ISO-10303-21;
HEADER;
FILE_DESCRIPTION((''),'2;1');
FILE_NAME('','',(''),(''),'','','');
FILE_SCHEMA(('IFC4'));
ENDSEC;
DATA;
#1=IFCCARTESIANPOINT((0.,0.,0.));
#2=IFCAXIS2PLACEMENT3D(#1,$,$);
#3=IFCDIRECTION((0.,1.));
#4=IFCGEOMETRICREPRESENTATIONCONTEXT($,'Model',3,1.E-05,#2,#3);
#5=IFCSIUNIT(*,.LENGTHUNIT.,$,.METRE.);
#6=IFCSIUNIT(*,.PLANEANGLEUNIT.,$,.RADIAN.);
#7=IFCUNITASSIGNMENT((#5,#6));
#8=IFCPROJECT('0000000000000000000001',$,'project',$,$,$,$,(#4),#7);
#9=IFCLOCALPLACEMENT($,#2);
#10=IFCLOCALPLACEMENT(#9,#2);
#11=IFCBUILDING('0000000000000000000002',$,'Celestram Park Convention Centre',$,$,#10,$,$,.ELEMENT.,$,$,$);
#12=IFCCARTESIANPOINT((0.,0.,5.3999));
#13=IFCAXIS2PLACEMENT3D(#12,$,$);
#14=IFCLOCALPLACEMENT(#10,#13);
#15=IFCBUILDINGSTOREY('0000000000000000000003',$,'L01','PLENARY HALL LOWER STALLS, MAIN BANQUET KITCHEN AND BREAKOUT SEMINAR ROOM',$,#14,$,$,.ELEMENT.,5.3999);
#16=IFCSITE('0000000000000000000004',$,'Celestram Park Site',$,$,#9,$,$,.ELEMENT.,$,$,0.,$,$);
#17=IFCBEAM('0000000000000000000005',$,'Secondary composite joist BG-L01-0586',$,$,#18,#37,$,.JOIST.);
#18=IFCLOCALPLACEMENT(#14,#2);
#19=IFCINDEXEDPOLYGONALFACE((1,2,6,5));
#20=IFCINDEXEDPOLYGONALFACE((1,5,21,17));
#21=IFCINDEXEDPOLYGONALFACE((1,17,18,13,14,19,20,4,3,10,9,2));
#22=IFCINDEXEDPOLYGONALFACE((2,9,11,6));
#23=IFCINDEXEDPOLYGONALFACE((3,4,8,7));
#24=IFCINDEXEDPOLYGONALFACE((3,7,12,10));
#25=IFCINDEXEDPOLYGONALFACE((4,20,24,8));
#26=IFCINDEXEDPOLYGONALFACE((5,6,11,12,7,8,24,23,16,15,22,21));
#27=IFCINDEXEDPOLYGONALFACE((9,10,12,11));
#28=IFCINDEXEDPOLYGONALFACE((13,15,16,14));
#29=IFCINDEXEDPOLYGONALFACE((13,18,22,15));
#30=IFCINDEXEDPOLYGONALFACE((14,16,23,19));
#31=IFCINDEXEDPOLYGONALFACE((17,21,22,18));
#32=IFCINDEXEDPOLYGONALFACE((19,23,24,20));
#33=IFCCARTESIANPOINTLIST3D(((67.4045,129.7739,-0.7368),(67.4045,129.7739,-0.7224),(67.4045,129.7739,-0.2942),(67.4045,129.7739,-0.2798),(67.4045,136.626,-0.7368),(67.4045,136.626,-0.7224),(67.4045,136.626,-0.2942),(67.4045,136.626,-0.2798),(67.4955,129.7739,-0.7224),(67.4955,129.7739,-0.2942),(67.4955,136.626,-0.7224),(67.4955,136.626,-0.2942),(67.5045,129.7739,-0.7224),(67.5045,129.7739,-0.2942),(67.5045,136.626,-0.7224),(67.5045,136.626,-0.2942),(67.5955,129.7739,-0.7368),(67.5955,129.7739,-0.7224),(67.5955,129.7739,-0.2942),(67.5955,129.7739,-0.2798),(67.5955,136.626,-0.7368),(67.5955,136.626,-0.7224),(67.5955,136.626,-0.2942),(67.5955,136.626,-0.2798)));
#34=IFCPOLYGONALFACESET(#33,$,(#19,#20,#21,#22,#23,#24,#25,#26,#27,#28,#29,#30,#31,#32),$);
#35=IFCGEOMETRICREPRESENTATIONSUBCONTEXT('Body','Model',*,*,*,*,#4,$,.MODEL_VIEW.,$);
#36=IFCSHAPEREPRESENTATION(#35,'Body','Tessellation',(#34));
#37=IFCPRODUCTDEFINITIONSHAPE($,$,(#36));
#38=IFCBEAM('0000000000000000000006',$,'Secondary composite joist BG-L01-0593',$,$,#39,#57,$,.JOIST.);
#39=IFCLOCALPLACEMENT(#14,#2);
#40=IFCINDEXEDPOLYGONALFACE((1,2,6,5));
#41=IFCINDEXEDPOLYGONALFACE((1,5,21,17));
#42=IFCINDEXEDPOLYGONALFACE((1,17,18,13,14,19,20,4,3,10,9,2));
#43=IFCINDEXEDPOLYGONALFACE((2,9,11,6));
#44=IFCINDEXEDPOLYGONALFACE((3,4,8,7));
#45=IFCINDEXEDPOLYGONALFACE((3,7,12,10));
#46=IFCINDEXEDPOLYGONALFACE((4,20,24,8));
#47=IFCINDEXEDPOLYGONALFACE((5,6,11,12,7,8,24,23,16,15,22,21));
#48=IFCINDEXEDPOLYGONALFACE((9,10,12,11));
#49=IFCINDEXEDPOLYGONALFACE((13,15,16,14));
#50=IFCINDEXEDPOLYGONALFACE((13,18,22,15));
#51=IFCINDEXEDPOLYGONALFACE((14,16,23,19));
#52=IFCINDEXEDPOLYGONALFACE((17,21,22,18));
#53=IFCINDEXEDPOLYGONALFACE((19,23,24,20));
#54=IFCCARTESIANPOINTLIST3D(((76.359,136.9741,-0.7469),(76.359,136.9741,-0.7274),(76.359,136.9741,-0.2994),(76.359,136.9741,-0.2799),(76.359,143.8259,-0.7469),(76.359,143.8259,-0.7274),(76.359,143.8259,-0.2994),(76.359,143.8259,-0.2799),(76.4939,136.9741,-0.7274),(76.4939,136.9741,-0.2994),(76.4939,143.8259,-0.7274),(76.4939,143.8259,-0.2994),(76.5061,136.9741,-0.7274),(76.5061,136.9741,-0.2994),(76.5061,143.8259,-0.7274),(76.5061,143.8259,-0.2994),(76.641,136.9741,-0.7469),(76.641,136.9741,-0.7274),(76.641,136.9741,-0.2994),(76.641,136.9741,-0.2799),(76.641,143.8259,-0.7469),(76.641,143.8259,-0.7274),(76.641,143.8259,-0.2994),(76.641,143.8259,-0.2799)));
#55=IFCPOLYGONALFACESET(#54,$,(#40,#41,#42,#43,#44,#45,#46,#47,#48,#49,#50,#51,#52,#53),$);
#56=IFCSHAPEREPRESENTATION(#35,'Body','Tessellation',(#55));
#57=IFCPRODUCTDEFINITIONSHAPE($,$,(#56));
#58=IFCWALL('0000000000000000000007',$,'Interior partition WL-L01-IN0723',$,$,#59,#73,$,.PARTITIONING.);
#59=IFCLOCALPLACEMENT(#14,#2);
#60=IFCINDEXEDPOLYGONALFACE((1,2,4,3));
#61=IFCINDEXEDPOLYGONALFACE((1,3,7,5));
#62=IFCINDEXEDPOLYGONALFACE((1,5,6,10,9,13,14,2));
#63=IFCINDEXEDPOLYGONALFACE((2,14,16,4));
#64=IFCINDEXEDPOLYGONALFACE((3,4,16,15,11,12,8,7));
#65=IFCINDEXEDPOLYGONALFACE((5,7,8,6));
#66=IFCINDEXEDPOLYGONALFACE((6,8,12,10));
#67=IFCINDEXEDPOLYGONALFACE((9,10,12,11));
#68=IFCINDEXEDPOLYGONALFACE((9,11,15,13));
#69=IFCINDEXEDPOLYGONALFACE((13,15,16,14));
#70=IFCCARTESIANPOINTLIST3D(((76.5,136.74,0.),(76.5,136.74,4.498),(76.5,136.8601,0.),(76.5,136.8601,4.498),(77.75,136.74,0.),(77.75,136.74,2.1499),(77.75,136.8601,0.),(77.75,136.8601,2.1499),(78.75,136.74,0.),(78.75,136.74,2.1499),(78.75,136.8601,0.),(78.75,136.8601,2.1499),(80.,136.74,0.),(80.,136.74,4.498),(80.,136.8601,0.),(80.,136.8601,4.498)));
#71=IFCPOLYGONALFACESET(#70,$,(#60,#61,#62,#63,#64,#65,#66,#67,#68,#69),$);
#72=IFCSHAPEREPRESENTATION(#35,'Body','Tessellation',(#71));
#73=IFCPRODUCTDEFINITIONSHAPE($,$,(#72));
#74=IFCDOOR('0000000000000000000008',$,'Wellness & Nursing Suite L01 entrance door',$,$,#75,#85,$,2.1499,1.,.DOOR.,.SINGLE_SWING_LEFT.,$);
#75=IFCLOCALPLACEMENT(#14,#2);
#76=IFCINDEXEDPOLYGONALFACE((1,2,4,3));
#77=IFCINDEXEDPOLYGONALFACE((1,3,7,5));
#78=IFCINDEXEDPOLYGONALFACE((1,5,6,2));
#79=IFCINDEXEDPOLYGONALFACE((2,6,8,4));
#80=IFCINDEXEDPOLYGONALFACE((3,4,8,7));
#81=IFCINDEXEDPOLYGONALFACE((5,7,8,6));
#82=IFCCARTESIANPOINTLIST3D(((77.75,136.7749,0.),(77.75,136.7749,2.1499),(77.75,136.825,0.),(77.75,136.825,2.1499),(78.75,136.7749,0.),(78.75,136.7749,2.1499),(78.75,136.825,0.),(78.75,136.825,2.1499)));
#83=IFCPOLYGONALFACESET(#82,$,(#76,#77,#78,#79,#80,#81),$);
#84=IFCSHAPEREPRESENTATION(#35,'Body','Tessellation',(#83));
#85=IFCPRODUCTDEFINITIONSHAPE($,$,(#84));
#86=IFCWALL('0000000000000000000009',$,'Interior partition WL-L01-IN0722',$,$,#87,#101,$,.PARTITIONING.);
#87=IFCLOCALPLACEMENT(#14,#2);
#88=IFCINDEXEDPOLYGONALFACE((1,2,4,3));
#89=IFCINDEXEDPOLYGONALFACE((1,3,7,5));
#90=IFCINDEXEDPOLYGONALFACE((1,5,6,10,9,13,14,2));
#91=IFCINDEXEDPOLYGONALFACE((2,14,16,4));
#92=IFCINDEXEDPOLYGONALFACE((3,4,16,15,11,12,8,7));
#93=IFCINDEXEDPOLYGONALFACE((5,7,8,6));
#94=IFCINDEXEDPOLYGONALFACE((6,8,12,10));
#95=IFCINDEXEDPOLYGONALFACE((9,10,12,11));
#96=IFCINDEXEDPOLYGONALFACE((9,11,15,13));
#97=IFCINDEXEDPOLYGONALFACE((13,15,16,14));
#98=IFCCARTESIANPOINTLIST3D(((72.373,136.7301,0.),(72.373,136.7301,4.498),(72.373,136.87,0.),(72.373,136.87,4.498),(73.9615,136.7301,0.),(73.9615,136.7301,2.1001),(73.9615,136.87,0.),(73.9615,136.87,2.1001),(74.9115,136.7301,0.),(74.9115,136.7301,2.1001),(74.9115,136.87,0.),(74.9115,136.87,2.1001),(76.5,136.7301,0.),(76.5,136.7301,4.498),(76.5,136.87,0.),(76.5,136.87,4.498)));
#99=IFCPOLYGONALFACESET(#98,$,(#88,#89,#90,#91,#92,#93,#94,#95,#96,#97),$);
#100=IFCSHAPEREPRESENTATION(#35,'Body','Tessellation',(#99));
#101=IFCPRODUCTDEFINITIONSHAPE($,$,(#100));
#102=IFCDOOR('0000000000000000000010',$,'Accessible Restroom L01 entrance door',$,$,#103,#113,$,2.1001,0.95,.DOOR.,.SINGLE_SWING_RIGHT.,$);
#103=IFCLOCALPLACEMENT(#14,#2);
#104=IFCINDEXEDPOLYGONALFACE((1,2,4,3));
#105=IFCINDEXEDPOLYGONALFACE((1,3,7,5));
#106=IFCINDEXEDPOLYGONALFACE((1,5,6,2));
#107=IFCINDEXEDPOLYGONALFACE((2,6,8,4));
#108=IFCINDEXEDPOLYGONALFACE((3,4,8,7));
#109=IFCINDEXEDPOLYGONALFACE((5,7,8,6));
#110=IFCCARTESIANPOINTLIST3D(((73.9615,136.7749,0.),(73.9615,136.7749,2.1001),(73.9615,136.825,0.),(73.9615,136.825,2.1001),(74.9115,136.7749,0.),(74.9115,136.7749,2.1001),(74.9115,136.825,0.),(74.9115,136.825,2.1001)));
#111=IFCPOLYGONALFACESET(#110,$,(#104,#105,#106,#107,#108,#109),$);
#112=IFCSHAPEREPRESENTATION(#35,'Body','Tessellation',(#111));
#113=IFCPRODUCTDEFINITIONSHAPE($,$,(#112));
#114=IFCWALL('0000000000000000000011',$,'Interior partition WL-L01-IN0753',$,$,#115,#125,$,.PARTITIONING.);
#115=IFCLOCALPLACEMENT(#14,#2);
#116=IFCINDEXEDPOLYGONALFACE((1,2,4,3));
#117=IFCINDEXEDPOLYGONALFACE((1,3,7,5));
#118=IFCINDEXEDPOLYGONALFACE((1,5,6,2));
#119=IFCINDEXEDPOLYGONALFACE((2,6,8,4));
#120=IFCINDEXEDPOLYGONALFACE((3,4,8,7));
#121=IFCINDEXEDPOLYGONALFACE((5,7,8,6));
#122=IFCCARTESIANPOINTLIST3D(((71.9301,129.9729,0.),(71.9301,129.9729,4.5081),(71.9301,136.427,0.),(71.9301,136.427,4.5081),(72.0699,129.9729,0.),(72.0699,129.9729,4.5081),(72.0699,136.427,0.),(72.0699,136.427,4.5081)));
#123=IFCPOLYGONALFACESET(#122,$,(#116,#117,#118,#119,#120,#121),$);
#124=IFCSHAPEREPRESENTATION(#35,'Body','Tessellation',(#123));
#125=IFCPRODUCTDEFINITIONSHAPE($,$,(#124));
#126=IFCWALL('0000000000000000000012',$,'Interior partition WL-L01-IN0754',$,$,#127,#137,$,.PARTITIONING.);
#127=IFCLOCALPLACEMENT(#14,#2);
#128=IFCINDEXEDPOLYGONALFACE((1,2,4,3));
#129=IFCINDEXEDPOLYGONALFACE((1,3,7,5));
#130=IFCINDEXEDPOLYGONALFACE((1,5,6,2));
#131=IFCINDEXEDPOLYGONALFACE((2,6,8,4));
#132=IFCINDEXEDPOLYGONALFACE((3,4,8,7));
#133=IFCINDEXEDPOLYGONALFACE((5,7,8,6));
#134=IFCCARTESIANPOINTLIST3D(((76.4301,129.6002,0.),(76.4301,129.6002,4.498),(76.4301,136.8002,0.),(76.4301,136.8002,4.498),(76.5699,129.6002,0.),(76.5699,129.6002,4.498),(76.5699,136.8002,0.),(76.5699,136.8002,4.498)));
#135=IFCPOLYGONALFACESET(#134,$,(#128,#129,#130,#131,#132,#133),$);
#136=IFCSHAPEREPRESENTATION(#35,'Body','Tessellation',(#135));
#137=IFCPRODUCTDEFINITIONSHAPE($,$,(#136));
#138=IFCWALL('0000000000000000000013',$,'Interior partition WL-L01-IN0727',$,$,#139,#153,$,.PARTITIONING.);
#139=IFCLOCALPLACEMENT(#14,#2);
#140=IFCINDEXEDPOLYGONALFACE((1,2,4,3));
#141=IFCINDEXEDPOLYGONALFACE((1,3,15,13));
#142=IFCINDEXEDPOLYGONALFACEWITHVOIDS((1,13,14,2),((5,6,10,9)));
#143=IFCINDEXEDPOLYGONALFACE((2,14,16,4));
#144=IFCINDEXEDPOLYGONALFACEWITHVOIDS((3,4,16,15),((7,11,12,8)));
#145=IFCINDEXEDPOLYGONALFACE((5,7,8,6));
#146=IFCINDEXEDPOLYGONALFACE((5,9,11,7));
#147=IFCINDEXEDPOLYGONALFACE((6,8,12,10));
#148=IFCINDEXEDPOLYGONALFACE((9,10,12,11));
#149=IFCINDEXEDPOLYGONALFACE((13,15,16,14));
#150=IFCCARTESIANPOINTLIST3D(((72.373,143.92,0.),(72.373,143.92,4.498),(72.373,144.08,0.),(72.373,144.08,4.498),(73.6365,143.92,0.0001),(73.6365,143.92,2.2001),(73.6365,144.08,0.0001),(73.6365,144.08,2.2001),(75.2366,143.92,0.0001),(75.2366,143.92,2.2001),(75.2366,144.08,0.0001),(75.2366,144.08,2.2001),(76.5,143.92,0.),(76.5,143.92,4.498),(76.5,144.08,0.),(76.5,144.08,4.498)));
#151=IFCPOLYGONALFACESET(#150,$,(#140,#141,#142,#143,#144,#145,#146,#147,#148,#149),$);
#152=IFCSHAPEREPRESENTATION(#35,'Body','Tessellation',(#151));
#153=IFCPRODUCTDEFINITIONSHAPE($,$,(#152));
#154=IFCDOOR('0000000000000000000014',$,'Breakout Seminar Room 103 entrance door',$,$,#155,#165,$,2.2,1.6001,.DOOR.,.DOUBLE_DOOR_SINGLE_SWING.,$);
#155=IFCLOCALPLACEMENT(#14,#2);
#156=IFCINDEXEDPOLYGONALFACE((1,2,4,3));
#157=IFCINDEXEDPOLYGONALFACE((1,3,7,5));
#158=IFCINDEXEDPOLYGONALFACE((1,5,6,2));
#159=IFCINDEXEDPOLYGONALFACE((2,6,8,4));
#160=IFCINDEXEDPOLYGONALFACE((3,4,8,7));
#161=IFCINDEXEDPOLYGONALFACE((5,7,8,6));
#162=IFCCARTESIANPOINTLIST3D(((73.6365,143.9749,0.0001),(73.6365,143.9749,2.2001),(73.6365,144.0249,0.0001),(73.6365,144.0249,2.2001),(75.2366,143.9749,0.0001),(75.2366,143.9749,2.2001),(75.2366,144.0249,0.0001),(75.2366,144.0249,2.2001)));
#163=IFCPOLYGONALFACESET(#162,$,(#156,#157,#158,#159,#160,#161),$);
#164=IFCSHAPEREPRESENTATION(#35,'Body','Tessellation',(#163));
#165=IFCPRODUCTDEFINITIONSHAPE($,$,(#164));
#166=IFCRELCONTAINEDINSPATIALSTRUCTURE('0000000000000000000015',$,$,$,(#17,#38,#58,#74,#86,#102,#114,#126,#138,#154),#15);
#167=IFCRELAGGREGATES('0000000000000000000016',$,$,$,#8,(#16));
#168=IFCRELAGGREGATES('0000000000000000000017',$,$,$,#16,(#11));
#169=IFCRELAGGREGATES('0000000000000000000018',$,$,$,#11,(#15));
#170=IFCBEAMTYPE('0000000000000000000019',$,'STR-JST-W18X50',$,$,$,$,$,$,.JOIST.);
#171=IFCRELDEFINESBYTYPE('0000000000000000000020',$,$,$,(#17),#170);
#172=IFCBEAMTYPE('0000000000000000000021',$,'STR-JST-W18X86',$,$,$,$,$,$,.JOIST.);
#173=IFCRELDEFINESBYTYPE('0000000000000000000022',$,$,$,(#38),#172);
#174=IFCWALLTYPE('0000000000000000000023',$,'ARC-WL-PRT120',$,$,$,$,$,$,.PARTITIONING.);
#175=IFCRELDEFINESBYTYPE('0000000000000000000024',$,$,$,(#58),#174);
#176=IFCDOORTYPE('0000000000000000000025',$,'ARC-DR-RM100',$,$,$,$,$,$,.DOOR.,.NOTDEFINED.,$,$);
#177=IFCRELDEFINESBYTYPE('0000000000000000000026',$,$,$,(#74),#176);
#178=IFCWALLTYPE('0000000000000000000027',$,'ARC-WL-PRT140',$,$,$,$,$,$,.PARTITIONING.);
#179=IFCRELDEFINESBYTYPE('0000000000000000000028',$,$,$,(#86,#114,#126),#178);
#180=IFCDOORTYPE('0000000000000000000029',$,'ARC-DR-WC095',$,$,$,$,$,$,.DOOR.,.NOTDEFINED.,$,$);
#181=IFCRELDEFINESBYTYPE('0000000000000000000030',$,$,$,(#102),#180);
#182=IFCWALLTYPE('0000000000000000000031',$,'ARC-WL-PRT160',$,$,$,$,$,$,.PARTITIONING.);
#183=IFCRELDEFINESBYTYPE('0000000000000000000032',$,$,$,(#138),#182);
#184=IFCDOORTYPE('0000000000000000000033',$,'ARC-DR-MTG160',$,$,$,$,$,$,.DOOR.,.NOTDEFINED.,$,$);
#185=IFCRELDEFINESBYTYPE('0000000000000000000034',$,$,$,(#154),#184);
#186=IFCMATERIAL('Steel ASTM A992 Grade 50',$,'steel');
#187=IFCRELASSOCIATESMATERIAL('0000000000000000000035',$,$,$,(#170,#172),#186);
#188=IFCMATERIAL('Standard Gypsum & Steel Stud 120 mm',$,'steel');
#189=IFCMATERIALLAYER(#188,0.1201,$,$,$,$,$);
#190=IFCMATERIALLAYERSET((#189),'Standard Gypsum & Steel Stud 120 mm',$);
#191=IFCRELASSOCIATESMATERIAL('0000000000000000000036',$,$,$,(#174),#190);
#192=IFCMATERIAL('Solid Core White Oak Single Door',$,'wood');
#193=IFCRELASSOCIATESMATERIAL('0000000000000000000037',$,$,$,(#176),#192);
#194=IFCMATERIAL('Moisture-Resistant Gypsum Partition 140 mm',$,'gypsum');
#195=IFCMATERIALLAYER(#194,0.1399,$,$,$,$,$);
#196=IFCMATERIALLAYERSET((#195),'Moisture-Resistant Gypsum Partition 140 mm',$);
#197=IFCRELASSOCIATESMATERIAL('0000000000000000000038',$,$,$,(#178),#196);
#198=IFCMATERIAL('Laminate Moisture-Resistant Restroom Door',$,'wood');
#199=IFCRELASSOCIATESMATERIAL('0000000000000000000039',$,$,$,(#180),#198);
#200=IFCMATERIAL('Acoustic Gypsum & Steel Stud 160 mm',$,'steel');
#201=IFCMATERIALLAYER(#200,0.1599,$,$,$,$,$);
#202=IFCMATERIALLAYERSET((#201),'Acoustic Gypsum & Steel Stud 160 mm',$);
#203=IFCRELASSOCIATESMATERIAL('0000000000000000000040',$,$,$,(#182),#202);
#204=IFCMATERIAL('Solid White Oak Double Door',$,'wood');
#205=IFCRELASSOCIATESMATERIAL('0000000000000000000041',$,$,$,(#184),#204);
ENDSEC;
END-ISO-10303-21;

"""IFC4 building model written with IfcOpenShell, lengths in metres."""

from ifc_helpers import new_model, si_unit, direction, frame, frame_2d, origin, origin_2d, place, context, subcontext, project, spatial, rectangle, i_section, extrude, material, layer, layer_set, material_profile, profile_set, type_object, element, fill, save


model = new_model("IFC4")

# Units and contexts
model_context = context("Model", 3, precision=1e-05, world=origin(), true_north=direction((0.0, 1.0)))
body_context = subcontext(model_context, "Body", "Model", "MODEL_VIEW")
ifc_project = project(units=[si_unit("LENGTHUNIT", "METRE"), si_unit("PLANEANGLEUNIT", "RADIAN")], contexts=[model_context])

# Site, building, storey
site_placement = place(None, origin())
site = spatial("IfcSite", under=ifc_project, at=site_placement, Name="Celestram Park Site", CompositionType="ELEMENT", RefElevation=0.0)
building_placement = place(site_placement, origin())
building = spatial("IfcBuilding", under=site, at=building_placement, Name="Celestram Park Convention Centre", CompositionType="ELEMENT")
storey_placement = place(building_placement, frame((0.0, 0.0, 5.3999)))
storey = spatial("IfcBuildingStorey", under=building, at=storey_placement, Name="L01", Description="PLENARY HALL LOWER STALLS, MAIN BANQUET KITCHEN AND BREAKOUT SEMINAR ROOM", CompositionType="ELEMENT", Elevation=5.3999)

# Beams
ifc_material_1 = material(Name="Steel ASTM A992 Grade 50", Category="steel")
ifc_material_profile_1 = material_profile(ifc_material_1, i_section(OverallWidth=0.1909, OverallDepth=0.457, WebThickness=0.009, FlangeThickness=0.0144, at=origin_2d()), Name="W18X50")
ifc_profile_set_1 = profile_set([ifc_material_profile_1], Name="Steel ASTM A992 Grade 50")
beam_type_1 = type_object("IfcBeamType", Name="STR-JST-W18X50", PredefinedType="JOIST", material=ifc_profile_set_1)
beam_1_placement = place(storey_placement, frame((67.5, 129.7739, -0.5083), z_axis=(0.0, 1.0, 0.0), x_axis=(-1.0, 0.0, 0.0)))
element("IfcBeam", 1, at=beam_1_placement, inside=storey, type_object=beam_type_1, Name="Secondary composite joist BG-L01-0586", PredefinedType="JOIST", context=body_context, shape_type="SweptSolid", body=[
    extrude(i_section(OverallWidth=0.1909, OverallDepth=0.457, WebThickness=0.009, FlangeThickness=0.0144, at=origin_2d()), origin(), (0.0, 0.0, 1.0), 6.8521),
])
ifc_material_profile_2 = material_profile(ifc_material_1, i_section(OverallWidth=0.282, OverallDepth=0.467, WebThickness=0.0122, FlangeThickness=0.0195, at=origin_2d()), Name="W18X86")
ifc_profile_set_2 = profile_set([ifc_material_profile_2], Name="Steel ASTM A992 Grade 50")
beam_type_2 = type_object("IfcBeamType", Name="STR-JST-W18X86", PredefinedType="JOIST", material=ifc_profile_set_2)
beam_2_placement = place(storey_placement, frame((76.5, 136.9741, -0.5134), z_axis=(0.0, 1.0, 0.0), x_axis=(-1.0, 0.0, 0.0)))
element("IfcBeam", 2, at=beam_2_placement, inside=storey, type_object=beam_type_2, Name="Secondary composite joist BG-L01-0593", PredefinedType="JOIST", context=body_context, shape_type="SweptSolid", body=[
    extrude(i_section(OverallWidth=0.282, OverallDepth=0.467, WebThickness=0.0122, FlangeThickness=0.0195, at=origin_2d()), origin(), (0.0, 0.0, 1.0), 6.8518),
])

# Walls, openings, doors
ifc_material_2 = material(Name="Standard Gypsum & Steel Stud 120 mm", Category="steel")
ifc_layer_1 = layer(ifc_material_2, 0.1201)
ifc_layer_set_1 = layer_set([ifc_layer_1], Name="Standard Gypsum & Steel Stud 120 mm")
wall_type_1 = type_object("IfcWallType", Name="ARC-WL-PRT120", PredefinedType="PARTITIONING", material=ifc_layer_set_1)
wall_1_placement = place(storey_placement, frame((76.5, 136.8, 0.0), z_axis=(0.0, 0.0, 1.0), x_axis=(1.0, 0.0, 0.0)))
wall_1 = element("IfcWall", 3, at=wall_1_placement, inside=storey, type_object=wall_type_1, Name="Interior partition WL-L01-IN0723", PredefinedType="PARTITIONING", context=body_context, shape_type="SweptSolid", body=[
    extrude(rectangle(XDim=3.5, YDim=0.1201, at=frame_2d((1.75, 0.0))), origin(), (0.0, 0.0, 1.0), 4.498),
])
opening_1_placement = place(wall_1_placement, frame((1.25, 0.0, 0.0)))
opening_1 = element("IfcOpeningElement", 4, at=opening_1_placement, cuts=wall_1, PredefinedType="OPENING", context=body_context, shape_type="SweptSolid", body=[
    extrude(rectangle(XDim=1.0, YDim=2.1499, at=frame_2d((0.5, 1.075))), frame((0.0, 0.0701, 0.0), z_axis=(0.0, -1.0, 0.0), x_axis=(1.0, 0.0, 0.0)), (0.0, 0.0, 1.0), 0.1401),
])
ifc_material_3 = material(Name="Solid Core White Oak Single Door", Category="wood")
door_type_1 = type_object("IfcDoorType", Name="ARC-DR-RM100", OperationType="NOTDEFINED", PredefinedType="DOOR", material=ifc_material_3)
door_1_placement = place(opening_1_placement, origin())
door_1 = element("IfcDoor", 5, at=door_1_placement, inside=storey, type_object=door_type_1, Name="Wellness & Nursing Suite L01 entrance door", OperationType="SINGLE_SWING_LEFT", OverallHeight=2.1499, OverallWidth=1.0, PredefinedType="DOOR", context=body_context, shape_type="SweptSolid", body=[
    extrude(rectangle(XDim=1.0, YDim=2.1499, at=frame_2d((0.5, 1.075))), frame((0.0, 0.0249, 0.0), z_axis=(0.0, -1.0, 0.0), x_axis=(1.0, 0.0, 0.0)), (0.0, 0.0, 1.0), 0.05),
])
fill(opening_1, door_1)
ifc_material_4 = material(Name="Moisture-Resistant Gypsum Partition 140 mm", Category="gypsum")
ifc_layer_2 = layer(ifc_material_4, 0.1399)
ifc_layer_set_2 = layer_set([ifc_layer_2], Name="Moisture-Resistant Gypsum Partition 140 mm")
wall_type_2 = type_object("IfcWallType", Name="ARC-WL-PRT140", PredefinedType="PARTITIONING", material=ifc_layer_set_2)
wall_2_placement = place(storey_placement, frame((72.373, 136.8, 0.0), z_axis=(0.0, 0.0, 1.0), x_axis=(1.0, 0.0, 0.0)))
wall_2 = element("IfcWall", 6, at=wall_2_placement, inside=storey, type_object=wall_type_2, Name="Interior partition WL-L01-IN0722", PredefinedType="PARTITIONING", context=body_context, shape_type="SweptSolid", body=[
    extrude(rectangle(XDim=4.127, YDim=0.1399, at=frame_2d((2.0635, 0.0))), origin(), (0.0, 0.0, 1.0), 4.498),
])
opening_2_placement = place(wall_2_placement, frame((1.5884, 0.0, 0.0)))
opening_2 = element("IfcOpeningElement", 7, at=opening_2_placement, cuts=wall_2, PredefinedType="OPENING", context=body_context, shape_type="SweptSolid", body=[
    extrude(rectangle(XDim=0.95, YDim=2.1001, at=frame_2d((0.4751, 1.05))), frame((0.0, 0.0798, 0.0), z_axis=(0.0, -1.0, 0.0), x_axis=(1.0, 0.0, 0.0)), (0.0, 0.0, 1.0), 0.1599),
])
ifc_material_5 = material(Name="Laminate Moisture-Resistant Restroom Door", Category="wood")
door_type_2 = type_object("IfcDoorType", Name="ARC-DR-WC095", OperationType="NOTDEFINED", PredefinedType="DOOR", material=ifc_material_5)
door_2_placement = place(opening_2_placement, origin())
door_2 = element("IfcDoor", 8, at=door_2_placement, inside=storey, type_object=door_type_2, Name="Accessible Restroom L01 entrance door", OperationType="SINGLE_SWING_RIGHT", OverallHeight=2.1001, OverallWidth=0.95, PredefinedType="DOOR", context=body_context, shape_type="SweptSolid", body=[
    extrude(rectangle(XDim=0.95, YDim=2.1001, at=frame_2d((0.4751, 1.05))), frame((0.0, 0.0249, 0.0), z_axis=(0.0, -1.0, 0.0), x_axis=(1.0, 0.0, 0.0)), (0.0, 0.0, 1.0), 0.05),
])
fill(opening_2, door_2)

# Walls
wall_3_placement = place(storey_placement, frame((72.0, 129.9729, 0.0), z_axis=(0.0, 0.0, 1.0), x_axis=(0.0, 1.0, 0.0)))
element("IfcWall", 9, at=wall_3_placement, inside=storey, type_object=wall_type_2, Name="Interior partition WL-L01-IN0753", PredefinedType="PARTITIONING", context=body_context, shape_type="SweptSolid", body=[
    extrude(rectangle(XDim=6.4541, YDim=0.1399, at=frame_2d((3.2271, 0.0))), origin(), (0.0, 0.0, 1.0), 4.5081),
])
wall_4_placement = place(storey_placement, frame((76.5, 129.6001, 0.0), z_axis=(0.0, 0.0, 1.0), x_axis=(0.0, 1.0, 0.0)))
element("IfcWall", 10, at=wall_4_placement, inside=storey, type_object=wall_type_2, Name="Interior partition WL-L01-IN0754", PredefinedType="PARTITIONING", context=body_context, shape_type="SweptSolid", body=[
    extrude(rectangle(XDim=7.2, YDim=0.1399, at=frame_2d((3.6001, 0.0))), origin(), (0.0, 0.0, 1.0), 4.498),
])

# Wall, opening, door
ifc_material_6 = material(Name="Acoustic Gypsum & Steel Stud 160 mm", Category="steel")
ifc_layer_3 = layer(ifc_material_6, 0.1599)
ifc_layer_set_3 = layer_set([ifc_layer_3], Name="Acoustic Gypsum & Steel Stud 160 mm")
wall_type_3 = type_object("IfcWallType", Name="ARC-WL-PRT160", PredefinedType="PARTITIONING", material=ifc_layer_set_3)
wall_5_placement = place(storey_placement, frame((72.373, 144.0, 0.0), z_axis=(0.0, 0.0, 1.0), x_axis=(1.0, 0.0, 0.0)))
wall_5 = element("IfcWall", 11, at=wall_5_placement, inside=storey, type_object=wall_type_3, Name="Interior partition WL-L01-IN0727", PredefinedType="PARTITIONING", context=body_context, shape_type="SweptSolid", body=[
    extrude(rectangle(XDim=4.127, YDim=0.1599, at=frame_2d((2.0635, 0.0))), origin(), (0.0, 0.0, 1.0), 4.498),
])
opening_3_placement = place(wall_5_placement, frame((1.2634, 0.0, 0.0)))
opening_3 = element("IfcOpeningElement", 12, at=opening_3_placement, cuts=wall_5, PredefinedType="OPENING", context=body_context, shape_type="SweptSolid", body=[
    extrude(rectangle(XDim=1.6001, YDim=2.2, at=frame_2d((0.8, 1.1001))), frame((0.0, 0.0898, 0.0), z_axis=(0.0, -1.0, 0.0), x_axis=(1.0, 0.0, 0.0)), (0.0, 0.0, 1.0), 0.1799),
])
ifc_material_7 = material(Name="Solid White Oak Double Door", Category="wood")
door_type_3 = type_object("IfcDoorType", Name="ARC-DR-MTG160", OperationType="NOTDEFINED", PredefinedType="DOOR", material=ifc_material_7)
door_3_placement = place(opening_3_placement, origin())
door_3 = element("IfcDoor", 13, at=door_3_placement, inside=storey, type_object=door_type_3, Name="Breakout Seminar Room 103 entrance door", OperationType="DOUBLE_DOOR_SINGLE_SWING", OverallHeight=2.2, OverallWidth=1.6001, PredefinedType="DOOR", context=body_context, shape_type="SweptSolid", body=[
    extrude(rectangle(XDim=1.6001, YDim=2.2, at=frame_2d((0.8, 1.1001))), frame((0.0, 0.0249, 0.0), z_axis=(0.0, -1.0, 0.0), x_axis=(1.0, 0.0, 0.0)), (0.0, 0.0, 1.0), 0.05),
])
fill(opening_3, door_3)

save(model, "model.ifc")
